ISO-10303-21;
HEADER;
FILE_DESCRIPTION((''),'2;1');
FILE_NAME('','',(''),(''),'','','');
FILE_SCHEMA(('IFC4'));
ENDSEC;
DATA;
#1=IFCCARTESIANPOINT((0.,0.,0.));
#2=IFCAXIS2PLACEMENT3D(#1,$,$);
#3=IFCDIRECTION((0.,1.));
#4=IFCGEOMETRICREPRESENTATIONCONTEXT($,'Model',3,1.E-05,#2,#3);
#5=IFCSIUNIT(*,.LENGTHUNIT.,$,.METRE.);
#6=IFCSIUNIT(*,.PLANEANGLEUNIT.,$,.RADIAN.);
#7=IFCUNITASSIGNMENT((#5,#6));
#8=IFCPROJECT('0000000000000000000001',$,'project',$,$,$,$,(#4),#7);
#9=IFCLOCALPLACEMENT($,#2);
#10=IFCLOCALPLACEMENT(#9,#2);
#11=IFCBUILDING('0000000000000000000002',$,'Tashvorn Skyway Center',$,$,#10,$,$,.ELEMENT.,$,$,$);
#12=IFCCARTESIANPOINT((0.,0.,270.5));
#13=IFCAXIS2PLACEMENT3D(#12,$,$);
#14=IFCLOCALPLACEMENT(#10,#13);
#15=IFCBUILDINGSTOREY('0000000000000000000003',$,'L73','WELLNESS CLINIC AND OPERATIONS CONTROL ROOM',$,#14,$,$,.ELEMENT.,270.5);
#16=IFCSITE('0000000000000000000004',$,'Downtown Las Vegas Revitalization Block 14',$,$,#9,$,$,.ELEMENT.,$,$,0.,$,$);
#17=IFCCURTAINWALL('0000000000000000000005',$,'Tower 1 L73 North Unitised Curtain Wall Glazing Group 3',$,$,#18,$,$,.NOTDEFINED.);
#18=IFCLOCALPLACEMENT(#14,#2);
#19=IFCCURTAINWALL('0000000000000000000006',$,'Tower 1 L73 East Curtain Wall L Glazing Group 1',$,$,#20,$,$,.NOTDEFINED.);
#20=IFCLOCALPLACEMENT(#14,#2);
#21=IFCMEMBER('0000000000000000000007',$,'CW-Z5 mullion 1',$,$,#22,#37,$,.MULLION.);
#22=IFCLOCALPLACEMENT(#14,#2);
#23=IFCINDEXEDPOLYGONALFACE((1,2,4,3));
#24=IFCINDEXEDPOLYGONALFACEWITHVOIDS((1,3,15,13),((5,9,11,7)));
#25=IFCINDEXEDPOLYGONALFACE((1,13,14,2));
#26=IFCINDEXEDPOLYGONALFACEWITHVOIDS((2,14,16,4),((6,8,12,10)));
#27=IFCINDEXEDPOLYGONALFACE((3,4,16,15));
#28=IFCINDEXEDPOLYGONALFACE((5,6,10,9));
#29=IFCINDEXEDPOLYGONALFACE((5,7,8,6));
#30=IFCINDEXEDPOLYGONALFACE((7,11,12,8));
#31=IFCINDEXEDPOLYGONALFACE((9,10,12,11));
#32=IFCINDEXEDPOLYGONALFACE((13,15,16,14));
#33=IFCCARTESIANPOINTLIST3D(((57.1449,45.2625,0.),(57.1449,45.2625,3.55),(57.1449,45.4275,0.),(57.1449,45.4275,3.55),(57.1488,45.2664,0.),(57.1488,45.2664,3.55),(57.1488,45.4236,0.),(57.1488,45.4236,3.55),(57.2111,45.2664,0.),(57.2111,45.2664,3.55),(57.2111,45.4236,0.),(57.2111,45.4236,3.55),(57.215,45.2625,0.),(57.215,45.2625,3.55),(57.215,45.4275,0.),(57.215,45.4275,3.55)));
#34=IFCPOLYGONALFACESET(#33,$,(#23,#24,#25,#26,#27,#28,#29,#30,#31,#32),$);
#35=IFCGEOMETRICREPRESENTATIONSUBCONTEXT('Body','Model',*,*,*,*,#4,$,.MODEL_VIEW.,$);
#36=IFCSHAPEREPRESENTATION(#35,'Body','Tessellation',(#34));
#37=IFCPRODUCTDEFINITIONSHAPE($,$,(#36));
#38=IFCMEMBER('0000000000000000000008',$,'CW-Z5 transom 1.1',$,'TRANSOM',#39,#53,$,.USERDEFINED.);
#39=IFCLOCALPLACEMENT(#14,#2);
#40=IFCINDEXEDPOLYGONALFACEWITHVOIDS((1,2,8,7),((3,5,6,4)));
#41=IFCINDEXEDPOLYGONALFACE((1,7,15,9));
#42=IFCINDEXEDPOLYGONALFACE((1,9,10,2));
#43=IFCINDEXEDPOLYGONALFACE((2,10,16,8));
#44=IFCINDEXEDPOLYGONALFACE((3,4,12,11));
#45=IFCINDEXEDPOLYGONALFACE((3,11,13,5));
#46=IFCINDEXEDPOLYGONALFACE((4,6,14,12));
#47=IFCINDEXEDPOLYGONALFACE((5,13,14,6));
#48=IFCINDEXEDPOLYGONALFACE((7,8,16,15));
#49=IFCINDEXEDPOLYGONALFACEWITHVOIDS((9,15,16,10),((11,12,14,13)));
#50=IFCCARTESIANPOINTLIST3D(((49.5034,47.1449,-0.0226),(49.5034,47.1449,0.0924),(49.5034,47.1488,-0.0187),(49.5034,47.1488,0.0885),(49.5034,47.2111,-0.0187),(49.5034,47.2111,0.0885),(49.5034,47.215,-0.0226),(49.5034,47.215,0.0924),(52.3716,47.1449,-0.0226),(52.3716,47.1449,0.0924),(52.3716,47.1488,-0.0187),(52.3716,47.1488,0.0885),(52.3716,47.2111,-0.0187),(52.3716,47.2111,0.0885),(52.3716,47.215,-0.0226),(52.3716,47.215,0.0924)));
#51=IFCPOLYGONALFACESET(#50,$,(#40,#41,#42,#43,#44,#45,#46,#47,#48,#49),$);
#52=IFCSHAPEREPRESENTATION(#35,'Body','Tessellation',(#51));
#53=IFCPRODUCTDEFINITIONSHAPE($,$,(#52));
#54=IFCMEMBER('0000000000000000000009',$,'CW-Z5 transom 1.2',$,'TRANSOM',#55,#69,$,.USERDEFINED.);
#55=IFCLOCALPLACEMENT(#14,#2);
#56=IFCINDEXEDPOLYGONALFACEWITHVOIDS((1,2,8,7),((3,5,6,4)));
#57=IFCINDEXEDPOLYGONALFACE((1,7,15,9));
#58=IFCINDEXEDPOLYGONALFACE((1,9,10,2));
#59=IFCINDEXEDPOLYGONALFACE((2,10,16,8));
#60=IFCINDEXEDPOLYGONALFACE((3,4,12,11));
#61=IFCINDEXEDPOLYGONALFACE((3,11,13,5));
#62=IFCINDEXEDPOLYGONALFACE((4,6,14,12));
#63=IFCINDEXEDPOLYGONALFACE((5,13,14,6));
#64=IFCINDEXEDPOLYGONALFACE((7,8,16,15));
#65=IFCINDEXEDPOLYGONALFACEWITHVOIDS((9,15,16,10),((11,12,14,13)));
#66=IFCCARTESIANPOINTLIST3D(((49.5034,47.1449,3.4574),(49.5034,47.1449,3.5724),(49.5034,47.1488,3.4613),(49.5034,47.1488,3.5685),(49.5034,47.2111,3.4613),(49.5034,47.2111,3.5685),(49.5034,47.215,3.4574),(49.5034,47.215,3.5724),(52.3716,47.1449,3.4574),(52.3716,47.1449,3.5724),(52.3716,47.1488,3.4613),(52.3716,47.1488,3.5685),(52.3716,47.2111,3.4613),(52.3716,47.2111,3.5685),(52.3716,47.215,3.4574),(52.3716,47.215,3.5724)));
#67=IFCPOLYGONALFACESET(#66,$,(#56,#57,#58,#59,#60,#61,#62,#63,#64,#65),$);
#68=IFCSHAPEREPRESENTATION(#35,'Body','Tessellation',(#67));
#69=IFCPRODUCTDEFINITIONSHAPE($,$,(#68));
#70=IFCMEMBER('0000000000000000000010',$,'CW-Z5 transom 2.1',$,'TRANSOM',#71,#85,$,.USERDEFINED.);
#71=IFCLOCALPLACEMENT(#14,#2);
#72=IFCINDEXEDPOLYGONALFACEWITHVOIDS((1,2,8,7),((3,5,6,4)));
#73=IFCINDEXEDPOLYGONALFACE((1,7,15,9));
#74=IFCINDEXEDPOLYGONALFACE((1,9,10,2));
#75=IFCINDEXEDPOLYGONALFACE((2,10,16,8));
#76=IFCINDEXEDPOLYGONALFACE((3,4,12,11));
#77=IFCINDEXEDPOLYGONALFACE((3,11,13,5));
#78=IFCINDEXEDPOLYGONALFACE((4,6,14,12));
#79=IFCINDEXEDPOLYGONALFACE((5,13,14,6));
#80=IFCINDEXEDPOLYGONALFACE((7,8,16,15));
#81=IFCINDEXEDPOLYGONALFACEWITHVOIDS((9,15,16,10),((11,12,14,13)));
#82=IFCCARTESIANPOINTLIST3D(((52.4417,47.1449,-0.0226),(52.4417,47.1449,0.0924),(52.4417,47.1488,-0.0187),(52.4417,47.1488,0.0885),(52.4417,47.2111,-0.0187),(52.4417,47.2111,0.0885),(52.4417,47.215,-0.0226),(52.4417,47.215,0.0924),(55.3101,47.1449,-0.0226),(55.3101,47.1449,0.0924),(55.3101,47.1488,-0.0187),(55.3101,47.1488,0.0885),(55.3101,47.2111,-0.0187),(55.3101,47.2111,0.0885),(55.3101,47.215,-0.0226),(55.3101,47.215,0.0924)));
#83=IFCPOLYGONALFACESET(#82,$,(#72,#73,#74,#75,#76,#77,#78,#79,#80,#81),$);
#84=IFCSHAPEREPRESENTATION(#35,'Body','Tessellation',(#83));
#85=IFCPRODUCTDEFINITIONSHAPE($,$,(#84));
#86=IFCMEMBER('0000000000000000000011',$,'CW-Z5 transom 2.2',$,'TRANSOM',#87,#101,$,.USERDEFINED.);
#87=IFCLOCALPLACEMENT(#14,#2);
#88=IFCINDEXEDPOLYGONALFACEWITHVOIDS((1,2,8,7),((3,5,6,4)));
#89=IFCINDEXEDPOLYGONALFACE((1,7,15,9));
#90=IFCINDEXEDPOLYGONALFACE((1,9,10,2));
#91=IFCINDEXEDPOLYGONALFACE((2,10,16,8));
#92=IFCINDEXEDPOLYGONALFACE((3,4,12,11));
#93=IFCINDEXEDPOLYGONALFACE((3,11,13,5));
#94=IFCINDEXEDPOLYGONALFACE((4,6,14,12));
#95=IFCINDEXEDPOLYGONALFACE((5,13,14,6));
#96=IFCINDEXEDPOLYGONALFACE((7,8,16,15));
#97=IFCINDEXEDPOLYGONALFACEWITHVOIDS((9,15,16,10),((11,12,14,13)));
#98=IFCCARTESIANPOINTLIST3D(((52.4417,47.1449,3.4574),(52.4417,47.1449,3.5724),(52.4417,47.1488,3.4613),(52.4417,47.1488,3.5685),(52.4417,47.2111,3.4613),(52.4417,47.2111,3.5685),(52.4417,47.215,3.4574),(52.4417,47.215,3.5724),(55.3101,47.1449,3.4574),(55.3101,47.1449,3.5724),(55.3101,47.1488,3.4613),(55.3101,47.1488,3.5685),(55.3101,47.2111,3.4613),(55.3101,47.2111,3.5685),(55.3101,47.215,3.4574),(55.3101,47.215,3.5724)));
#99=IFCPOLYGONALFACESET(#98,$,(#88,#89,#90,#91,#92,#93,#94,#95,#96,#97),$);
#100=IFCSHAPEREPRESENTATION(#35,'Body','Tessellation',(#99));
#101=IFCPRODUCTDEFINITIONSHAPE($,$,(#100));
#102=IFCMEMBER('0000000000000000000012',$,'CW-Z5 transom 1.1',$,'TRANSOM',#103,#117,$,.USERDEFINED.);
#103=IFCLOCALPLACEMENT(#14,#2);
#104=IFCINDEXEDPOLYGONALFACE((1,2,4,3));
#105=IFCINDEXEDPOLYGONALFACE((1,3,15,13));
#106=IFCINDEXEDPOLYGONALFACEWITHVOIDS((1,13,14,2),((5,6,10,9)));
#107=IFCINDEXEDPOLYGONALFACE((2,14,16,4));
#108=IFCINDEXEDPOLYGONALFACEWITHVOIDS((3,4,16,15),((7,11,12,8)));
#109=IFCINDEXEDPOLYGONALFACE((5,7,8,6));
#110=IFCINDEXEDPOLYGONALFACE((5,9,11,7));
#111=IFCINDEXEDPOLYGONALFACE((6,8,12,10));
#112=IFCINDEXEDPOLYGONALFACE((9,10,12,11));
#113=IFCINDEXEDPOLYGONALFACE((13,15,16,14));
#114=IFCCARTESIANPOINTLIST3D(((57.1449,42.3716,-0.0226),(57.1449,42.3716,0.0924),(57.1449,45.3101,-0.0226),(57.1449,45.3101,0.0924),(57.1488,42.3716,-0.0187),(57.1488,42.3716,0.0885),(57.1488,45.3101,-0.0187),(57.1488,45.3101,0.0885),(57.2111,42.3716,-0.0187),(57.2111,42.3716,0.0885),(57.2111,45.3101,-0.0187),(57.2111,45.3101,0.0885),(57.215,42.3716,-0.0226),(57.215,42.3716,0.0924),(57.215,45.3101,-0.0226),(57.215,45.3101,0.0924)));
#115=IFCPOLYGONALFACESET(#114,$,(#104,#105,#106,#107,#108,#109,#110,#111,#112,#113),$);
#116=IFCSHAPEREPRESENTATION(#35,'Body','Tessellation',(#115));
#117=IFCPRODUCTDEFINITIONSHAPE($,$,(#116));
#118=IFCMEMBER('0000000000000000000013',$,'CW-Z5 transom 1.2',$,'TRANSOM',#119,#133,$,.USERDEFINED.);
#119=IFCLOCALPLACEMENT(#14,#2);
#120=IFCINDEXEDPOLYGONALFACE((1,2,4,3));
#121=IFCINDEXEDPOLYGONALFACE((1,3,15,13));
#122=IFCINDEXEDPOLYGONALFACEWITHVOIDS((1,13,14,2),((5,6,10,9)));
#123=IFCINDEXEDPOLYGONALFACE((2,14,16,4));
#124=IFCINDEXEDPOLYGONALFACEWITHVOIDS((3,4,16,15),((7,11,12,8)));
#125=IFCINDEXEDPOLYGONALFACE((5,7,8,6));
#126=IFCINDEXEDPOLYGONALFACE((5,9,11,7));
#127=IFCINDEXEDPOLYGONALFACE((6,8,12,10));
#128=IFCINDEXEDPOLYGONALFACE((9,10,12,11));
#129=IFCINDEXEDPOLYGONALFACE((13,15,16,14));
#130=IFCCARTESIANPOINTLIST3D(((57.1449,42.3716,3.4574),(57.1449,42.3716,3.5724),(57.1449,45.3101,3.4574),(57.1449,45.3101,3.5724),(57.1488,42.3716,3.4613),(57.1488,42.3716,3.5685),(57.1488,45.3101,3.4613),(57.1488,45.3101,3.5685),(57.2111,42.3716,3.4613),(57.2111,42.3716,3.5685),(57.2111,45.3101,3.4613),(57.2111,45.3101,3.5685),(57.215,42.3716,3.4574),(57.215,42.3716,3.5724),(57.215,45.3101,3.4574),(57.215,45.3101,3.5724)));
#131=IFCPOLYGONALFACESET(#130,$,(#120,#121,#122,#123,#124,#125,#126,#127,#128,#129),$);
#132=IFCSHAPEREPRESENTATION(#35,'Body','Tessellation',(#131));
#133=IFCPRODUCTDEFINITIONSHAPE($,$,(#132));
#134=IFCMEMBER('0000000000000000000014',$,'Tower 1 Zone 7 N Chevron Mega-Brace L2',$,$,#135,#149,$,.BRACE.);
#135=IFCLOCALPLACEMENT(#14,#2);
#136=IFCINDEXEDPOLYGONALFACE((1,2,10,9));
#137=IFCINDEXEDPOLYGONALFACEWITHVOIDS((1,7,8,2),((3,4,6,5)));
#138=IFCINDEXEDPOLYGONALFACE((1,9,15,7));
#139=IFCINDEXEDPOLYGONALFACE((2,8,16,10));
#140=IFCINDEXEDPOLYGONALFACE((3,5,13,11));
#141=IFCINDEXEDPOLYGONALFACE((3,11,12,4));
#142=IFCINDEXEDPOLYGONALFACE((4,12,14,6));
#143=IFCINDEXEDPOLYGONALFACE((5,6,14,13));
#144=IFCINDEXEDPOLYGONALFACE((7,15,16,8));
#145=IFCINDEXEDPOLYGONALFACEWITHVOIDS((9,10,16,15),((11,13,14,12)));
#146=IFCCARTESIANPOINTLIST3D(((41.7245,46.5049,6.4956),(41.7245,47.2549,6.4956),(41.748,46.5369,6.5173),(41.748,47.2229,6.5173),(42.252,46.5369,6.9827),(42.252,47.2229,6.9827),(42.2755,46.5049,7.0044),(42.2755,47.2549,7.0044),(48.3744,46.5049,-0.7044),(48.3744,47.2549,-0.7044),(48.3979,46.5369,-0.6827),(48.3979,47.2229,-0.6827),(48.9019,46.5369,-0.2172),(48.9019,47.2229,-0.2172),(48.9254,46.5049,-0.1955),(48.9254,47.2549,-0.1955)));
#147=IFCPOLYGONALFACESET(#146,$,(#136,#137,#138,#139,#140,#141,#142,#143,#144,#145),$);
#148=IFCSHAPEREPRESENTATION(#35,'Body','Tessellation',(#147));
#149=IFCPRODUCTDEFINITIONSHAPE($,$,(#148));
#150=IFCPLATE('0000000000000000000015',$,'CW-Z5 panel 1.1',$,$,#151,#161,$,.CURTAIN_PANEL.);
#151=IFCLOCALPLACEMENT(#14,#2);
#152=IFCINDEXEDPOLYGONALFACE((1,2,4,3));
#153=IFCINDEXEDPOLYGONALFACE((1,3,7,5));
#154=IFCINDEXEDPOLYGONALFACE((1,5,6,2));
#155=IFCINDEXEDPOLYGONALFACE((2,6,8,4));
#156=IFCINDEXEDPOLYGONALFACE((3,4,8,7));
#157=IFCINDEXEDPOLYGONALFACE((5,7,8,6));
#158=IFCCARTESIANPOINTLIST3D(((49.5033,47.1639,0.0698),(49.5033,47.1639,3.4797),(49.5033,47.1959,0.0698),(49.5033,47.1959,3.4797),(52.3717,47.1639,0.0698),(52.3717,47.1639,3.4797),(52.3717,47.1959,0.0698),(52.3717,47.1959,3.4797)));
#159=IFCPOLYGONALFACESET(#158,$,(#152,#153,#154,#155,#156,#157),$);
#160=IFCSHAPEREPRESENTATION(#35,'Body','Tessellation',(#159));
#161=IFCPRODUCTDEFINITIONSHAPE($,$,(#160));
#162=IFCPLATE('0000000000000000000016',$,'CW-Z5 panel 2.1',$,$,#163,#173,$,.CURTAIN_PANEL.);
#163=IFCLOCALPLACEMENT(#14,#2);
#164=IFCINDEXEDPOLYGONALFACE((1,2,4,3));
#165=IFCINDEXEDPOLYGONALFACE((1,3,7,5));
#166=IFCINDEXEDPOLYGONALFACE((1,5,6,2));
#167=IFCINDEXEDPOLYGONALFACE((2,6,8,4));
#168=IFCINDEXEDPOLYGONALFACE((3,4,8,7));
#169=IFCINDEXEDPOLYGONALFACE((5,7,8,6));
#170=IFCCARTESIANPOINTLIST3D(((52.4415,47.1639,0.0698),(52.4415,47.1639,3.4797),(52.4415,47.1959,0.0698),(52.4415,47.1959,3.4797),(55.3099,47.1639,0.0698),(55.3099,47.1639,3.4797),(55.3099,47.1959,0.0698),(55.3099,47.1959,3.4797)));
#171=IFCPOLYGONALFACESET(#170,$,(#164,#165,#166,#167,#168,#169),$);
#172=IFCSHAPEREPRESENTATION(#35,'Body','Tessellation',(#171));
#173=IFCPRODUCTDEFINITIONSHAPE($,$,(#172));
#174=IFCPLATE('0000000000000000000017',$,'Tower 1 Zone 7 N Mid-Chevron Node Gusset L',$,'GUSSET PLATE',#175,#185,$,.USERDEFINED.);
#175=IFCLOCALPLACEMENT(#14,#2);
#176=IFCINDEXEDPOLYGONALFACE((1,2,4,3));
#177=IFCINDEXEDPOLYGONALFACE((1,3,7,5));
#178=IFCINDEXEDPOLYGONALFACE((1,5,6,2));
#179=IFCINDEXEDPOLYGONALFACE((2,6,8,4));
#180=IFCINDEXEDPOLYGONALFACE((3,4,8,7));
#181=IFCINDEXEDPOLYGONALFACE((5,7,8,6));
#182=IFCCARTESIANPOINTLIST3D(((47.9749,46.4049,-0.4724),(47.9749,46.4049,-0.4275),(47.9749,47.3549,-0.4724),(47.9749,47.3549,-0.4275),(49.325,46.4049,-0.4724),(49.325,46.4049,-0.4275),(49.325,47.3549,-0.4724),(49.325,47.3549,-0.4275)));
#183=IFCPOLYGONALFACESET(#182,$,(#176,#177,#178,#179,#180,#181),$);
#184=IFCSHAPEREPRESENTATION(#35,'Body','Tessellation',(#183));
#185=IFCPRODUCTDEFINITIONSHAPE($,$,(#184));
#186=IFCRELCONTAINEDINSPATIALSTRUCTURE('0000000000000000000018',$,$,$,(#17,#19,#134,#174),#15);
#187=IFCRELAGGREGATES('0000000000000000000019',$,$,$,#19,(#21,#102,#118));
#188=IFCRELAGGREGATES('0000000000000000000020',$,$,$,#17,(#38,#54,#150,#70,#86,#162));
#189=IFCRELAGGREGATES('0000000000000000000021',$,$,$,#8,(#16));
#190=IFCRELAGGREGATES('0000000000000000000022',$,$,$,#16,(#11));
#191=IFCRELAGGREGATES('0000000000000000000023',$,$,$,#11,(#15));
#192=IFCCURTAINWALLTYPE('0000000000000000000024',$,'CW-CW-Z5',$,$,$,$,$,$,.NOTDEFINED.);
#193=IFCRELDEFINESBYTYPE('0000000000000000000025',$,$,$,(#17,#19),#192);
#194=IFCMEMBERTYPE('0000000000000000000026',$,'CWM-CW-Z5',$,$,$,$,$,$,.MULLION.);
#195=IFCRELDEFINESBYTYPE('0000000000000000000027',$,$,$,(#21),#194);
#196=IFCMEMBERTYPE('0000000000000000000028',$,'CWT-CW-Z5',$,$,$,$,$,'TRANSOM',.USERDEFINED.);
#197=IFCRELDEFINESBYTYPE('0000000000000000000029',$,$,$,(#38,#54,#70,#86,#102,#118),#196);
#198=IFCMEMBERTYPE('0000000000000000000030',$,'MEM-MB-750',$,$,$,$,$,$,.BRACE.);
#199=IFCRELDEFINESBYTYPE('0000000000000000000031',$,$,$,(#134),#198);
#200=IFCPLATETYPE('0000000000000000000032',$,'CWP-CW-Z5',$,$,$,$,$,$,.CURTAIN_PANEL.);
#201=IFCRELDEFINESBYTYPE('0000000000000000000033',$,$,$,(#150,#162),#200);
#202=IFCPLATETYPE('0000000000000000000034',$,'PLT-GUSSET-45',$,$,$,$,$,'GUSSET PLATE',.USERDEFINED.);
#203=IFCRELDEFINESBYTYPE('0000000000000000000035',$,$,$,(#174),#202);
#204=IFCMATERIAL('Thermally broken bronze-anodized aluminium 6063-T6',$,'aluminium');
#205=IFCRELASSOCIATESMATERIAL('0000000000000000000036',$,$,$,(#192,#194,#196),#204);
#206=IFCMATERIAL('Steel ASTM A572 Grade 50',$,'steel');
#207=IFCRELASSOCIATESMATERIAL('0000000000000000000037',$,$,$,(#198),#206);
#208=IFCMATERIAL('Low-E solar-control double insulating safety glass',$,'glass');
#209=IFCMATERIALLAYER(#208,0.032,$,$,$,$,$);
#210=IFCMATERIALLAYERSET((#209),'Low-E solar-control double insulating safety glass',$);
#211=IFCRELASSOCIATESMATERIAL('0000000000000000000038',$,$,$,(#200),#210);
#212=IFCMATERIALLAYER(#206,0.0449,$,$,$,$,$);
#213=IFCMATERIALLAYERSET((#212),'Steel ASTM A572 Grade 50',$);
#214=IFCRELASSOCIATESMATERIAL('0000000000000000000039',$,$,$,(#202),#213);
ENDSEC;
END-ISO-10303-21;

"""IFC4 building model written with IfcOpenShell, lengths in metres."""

from ifc_helpers import new_model, si_unit, direction, frame, origin, origin_2d, place, context, subcontext, project, spatial, rectangle, hollow_rectangle, extrude, material, layer, layer_set, material_profile, profile_set, type_object, element, aggregate, save


model = new_model("IFC4")

# Units and contexts
model_context = context("Model", 3, precision=1e-05, world=origin(), true_north=direction((0.0, 1.0)))
body_context = subcontext(model_context, "Body", "Model", "MODEL_VIEW")
ifc_project = project(units=[si_unit("LENGTHUNIT", "METRE"), si_unit("PLANEANGLEUNIT", "RADIAN")], contexts=[model_context])

# Site, building, storey
site_placement = place(None, origin())
site = spatial("IfcSite", under=ifc_project, at=site_placement, Name="Downtown Las Vegas Revitalization Block 14", CompositionType="ELEMENT", RefElevation=0.0)
building_placement = place(site_placement, origin())
building = spatial("IfcBuilding", under=site, at=building_placement, Name="Tashvorn Skyway Center", CompositionType="ELEMENT")
storey_placement = place(building_placement, frame((0.0, 0.0, 270.5)))
storey = spatial("IfcBuildingStorey", under=building, at=storey_placement, Name="L73", Description="WELLNESS CLINIC AND OPERATIONS CONTROL ROOM", CompositionType="ELEMENT", Elevation=270.5)

# Shared definitions
ifc_material_1 = material(Name="Steel ASTM A572 Grade 50", Category="steel")

# Curtain wall
ifc_material_2 = material(Name="Thermally broken bronze-anodized aluminium 6063-T6", Category="aluminium")
curtain_wall_type = type_object("IfcCurtainWallType", Name="CW-CW-Z5", PredefinedType="NOTDEFINED", material=ifc_material_2)
curtain_wall_1_placement = place(storey_placement, origin())
curtain_wall_1 = element("IfcCurtainWall", 1, at=curtain_wall_1_placement, inside=storey, type_object=curtain_wall_type, Name="Tower 1 L73 North Unitised Curtain Wall Glazing Group 3", PredefinedType="NOTDEFINED")
ifc_material_profile_1 = material_profile(ifc_material_2, hollow_rectangle(XDim=0.0701, YDim=0.165, WallThickness=0.0039, at=origin_2d()), Name="ALU-MULL-70x165")
ifc_profile_set_1 = profile_set([ifc_material_profile_1], Name="Thermally broken bronze-anodized aluminium 6063-T6")
member_type_1 = type_object("IfcMemberType", Name="CWM-CW-Z5", PredefinedType="MULLION", material=ifc_profile_set_1)

# Curtain wall, member
curtain_wall_2_placement = place(storey_placement, origin())
curtain_wall_2 = element("IfcCurtainWall", 2, at=curtain_wall_2_placement, inside=storey, type_object=curtain_wall_type, Name="Tower 1 L73 East Curtain Wall L Glazing Group 1", PredefinedType="NOTDEFINED")
member_1_placement = place(storey_placement, frame((57.1799, 45.345, 0.0), z_axis=(0.0, 0.0, 1.0), x_axis=(1.0, 0.0, 0.0)))
member_1 = element("IfcMember", 3, at=member_1_placement, type_object=member_type_1, Name="CW-Z5 mullion 1", PredefinedType="MULLION", context=body_context, shape_type="SweptSolid", body=[
    extrude(hollow_rectangle(XDim=0.0701, YDim=0.165, WallThickness=0.0039, at=origin_2d()), origin(), (0.0, 0.0, 1.0), 3.55),
])

# Members
ifc_material_profile_2 = material_profile(ifc_material_2, hollow_rectangle(XDim=0.0701, YDim=0.115, WallThickness=0.0039, at=origin_2d()), Name="ALU-TRAN-70x115")
ifc_profile_set_2 = profile_set([ifc_material_profile_2], Name="Thermally broken bronze-anodized aluminium 6063-T6")
member_type_2 = type_object("IfcMemberType", Name="CWT-CW-Z5", ElementType="TRANSOM", PredefinedType="USERDEFINED", material=ifc_profile_set_2)
member_2_placement = place(storey_placement, frame((49.5034, 47.1799, 0.0349), z_axis=(1.0, 0.0, 0.0), x_axis=(0.0, 1.0, 0.0)))
member_2 = element("IfcMember", 4, at=member_2_placement, type_object=member_type_2, Name="CW-Z5 transom 1.1", ObjectType="TRANSOM", PredefinedType="USERDEFINED", context=body_context, shape_type="SweptSolid", body=[
    extrude(hollow_rectangle(XDim=0.0701, YDim=0.115, WallThickness=0.0039, at=origin_2d()), origin(), (0.0, 0.0, 1.0), 2.8682),
])
member_3_placement = place(storey_placement, frame((49.5034, 47.1799, 3.5149), z_axis=(1.0, 0.0, 0.0), x_axis=(0.0, 1.0, 0.0)))
member_3 = element("IfcMember", 5, at=member_3_placement, type_object=member_type_2, Name="CW-Z5 transom 1.2", ObjectType="TRANSOM", PredefinedType="USERDEFINED", context=body_context, shape_type="SweptSolid", body=[
    extrude(hollow_rectangle(XDim=0.0701, YDim=0.115, WallThickness=0.0039, at=origin_2d()), origin(), (0.0, 0.0, 1.0), 2.8682),
])
member_4_placement = place(storey_placement, frame((52.4417, 47.1799, 0.0349), z_axis=(1.0, 0.0, 0.0), x_axis=(0.0, 1.0, 0.0)))
member_4 = element("IfcMember", 6, at=member_4_placement, type_object=member_type_2, Name="CW-Z5 transom 2.1", ObjectType="TRANSOM", PredefinedType="USERDEFINED", context=body_context, shape_type="SweptSolid", body=[
    extrude(hollow_rectangle(XDim=0.0701, YDim=0.115, WallThickness=0.0039, at=origin_2d()), origin(), (0.0, 0.0, 1.0), 2.8684),
])
member_5_placement = place(storey_placement, frame((52.4417, 47.1799, 3.5149), z_axis=(1.0, 0.0, 0.0), x_axis=(0.0, 1.0, 0.0)))
member_5 = element("IfcMember", 7, at=member_5_placement, type_object=member_type_2, Name="CW-Z5 transom 2.2", ObjectType="TRANSOM", PredefinedType="USERDEFINED", context=body_context, shape_type="SweptSolid", body=[
    extrude(hollow_rectangle(XDim=0.0701, YDim=0.115, WallThickness=0.0039, at=origin_2d()), origin(), (0.0, 0.0, 1.0), 2.8684),
])
member_6_placement = place(storey_placement, frame((57.1799, 45.3101, 0.0349), z_axis=(0.0, -1.0, 0.0), x_axis=(1.0, 0.0, 0.0)))
member_6 = element("IfcMember", 8, at=member_6_placement, type_object=member_type_2, Name="CW-Z5 transom 1.1", ObjectType="TRANSOM", PredefinedType="USERDEFINED", context=body_context, shape_type="SweptSolid", body=[
    extrude(hollow_rectangle(XDim=0.0701, YDim=0.115, WallThickness=0.0039, at=origin_2d()), origin(), (0.0, 0.0, 1.0), 2.9385),
])
member_7_placement = place(storey_placement, frame((57.1799, 45.3101, 3.5149), z_axis=(0.0, -1.0, 0.0), x_axis=(1.0, 0.0, 0.0)))
member_7 = element("IfcMember", 9, at=member_7_placement, type_object=member_type_2, Name="CW-Z5 transom 1.2", ObjectType="TRANSOM", PredefinedType="USERDEFINED", context=body_context, shape_type="SweptSolid", body=[
    extrude(hollow_rectangle(XDim=0.0701, YDim=0.115, WallThickness=0.0039, at=origin_2d()), origin(), (0.0, 0.0, 1.0), 2.9385),
])
aggregate(curtain_wall_2, [member_1, member_6, member_7])
ifc_material_profile_3 = material_profile(ifc_material_1, hollow_rectangle(XDim=0.75, YDim=0.75, WallThickness=0.032, at=origin_2d()), Name="BOX750x750x32")
ifc_profile_set_3 = profile_set([ifc_material_profile_3], Name="Steel ASTM A572 Grade 50")
member_type_3 = type_object("IfcMemberType", Name="MEM-MB-750", PredefinedType="BRACE", material=ifc_profile_set_3)
member_8_placement = place(storey_placement, frame((48.6499, 46.8799, -0.45), z_axis=(-0.678489, 0.0, 0.734611), x_axis=(0.0, -1.0, 0.0)))
element("IfcMember", 10, at=member_8_placement, inside=storey, type_object=member_type_3, Name="Tower 1 Zone 7 N Chevron Mega-Brace L2", PredefinedType="BRACE", context=body_context, shape_type="SweptSolid", body=[
    extrude(hollow_rectangle(XDim=0.75, YDim=0.75, WallThickness=0.032, at=origin_2d()), origin(), (0.0, 0.0, 1.0), 9.801),
])

# Plates
ifc_material_3 = material(Name="Low-E solar-control double insulating safety glass", Category="glass")
ifc_layer_1 = layer(ifc_material_3, 0.032)
ifc_layer_set_1 = layer_set([ifc_layer_1], Name="Low-E solar-control double insulating safety glass")
plate_type_1 = type_object("IfcPlateType", Name="CWP-CW-Z5", PredefinedType="CURTAIN_PANEL", material=ifc_layer_set_1)
plate_1_placement = place(storey_placement, frame((50.9375, 47.1799, 0.0698), z_axis=(0.0, 0.0, 1.0), x_axis=(1.0, 0.0, 0.0)))
plate_1 = element("IfcPlate", 11, at=plate_1_placement, type_object=plate_type_1, Name="CW-Z5 panel 1.1", PredefinedType="CURTAIN_PANEL", context=body_context, shape_type="SweptSolid", body=[
    extrude(rectangle(XDim=2.8684, YDim=0.032, at=origin_2d()), origin(), (0.0, 0.0, 1.0), 3.4099),
])
plate_2_placement = place(storey_placement, frame((53.8757, 47.1799, 0.0698), z_axis=(0.0, 0.0, 1.0), x_axis=(1.0, 0.0, 0.0)))
plate_2 = element("IfcPlate", 12, at=plate_2_placement, type_object=plate_type_1, Name="CW-Z5 panel 2.1", PredefinedType="CURTAIN_PANEL", context=body_context, shape_type="SweptSolid", body=[
    extrude(rectangle(XDim=2.8684, YDim=0.032, at=origin_2d()), origin(), (0.0, 0.0, 1.0), 3.4099),
])
aggregate(curtain_wall_1, [member_2, member_3, plate_1, member_4, member_5, plate_2])
ifc_layer_2 = layer(ifc_material_1, 0.0449)
ifc_layer_set_2 = layer_set([ifc_layer_2], Name="Steel ASTM A572 Grade 50")
plate_type_2 = type_object("IfcPlateType", Name="PLT-GUSSET-45", ElementType="GUSSET PLATE", PredefinedType="USERDEFINED", material=ifc_layer_set_2)
plate_3_placement = place(storey_placement, frame((48.6499, 46.8799, -0.4724), z_axis=(0.0, 0.0, 1.0), x_axis=(-1.0, 0.0, 0.0)))
element("IfcPlate", 13, at=plate_3_placement, inside=storey, type_object=plate_type_2, Name="Tower 1 Zone 7 N Mid-Chevron Node Gusset L", ObjectType="GUSSET PLATE", PredefinedType="USERDEFINED", context=body_context, shape_type="SweptSolid", body=[
    extrude(rectangle(XDim=1.3501, YDim=0.95, at=origin_2d()), origin(), (0.0, 0.0, 1.0), 0.0449),
])

save(model, "model.ifc")
